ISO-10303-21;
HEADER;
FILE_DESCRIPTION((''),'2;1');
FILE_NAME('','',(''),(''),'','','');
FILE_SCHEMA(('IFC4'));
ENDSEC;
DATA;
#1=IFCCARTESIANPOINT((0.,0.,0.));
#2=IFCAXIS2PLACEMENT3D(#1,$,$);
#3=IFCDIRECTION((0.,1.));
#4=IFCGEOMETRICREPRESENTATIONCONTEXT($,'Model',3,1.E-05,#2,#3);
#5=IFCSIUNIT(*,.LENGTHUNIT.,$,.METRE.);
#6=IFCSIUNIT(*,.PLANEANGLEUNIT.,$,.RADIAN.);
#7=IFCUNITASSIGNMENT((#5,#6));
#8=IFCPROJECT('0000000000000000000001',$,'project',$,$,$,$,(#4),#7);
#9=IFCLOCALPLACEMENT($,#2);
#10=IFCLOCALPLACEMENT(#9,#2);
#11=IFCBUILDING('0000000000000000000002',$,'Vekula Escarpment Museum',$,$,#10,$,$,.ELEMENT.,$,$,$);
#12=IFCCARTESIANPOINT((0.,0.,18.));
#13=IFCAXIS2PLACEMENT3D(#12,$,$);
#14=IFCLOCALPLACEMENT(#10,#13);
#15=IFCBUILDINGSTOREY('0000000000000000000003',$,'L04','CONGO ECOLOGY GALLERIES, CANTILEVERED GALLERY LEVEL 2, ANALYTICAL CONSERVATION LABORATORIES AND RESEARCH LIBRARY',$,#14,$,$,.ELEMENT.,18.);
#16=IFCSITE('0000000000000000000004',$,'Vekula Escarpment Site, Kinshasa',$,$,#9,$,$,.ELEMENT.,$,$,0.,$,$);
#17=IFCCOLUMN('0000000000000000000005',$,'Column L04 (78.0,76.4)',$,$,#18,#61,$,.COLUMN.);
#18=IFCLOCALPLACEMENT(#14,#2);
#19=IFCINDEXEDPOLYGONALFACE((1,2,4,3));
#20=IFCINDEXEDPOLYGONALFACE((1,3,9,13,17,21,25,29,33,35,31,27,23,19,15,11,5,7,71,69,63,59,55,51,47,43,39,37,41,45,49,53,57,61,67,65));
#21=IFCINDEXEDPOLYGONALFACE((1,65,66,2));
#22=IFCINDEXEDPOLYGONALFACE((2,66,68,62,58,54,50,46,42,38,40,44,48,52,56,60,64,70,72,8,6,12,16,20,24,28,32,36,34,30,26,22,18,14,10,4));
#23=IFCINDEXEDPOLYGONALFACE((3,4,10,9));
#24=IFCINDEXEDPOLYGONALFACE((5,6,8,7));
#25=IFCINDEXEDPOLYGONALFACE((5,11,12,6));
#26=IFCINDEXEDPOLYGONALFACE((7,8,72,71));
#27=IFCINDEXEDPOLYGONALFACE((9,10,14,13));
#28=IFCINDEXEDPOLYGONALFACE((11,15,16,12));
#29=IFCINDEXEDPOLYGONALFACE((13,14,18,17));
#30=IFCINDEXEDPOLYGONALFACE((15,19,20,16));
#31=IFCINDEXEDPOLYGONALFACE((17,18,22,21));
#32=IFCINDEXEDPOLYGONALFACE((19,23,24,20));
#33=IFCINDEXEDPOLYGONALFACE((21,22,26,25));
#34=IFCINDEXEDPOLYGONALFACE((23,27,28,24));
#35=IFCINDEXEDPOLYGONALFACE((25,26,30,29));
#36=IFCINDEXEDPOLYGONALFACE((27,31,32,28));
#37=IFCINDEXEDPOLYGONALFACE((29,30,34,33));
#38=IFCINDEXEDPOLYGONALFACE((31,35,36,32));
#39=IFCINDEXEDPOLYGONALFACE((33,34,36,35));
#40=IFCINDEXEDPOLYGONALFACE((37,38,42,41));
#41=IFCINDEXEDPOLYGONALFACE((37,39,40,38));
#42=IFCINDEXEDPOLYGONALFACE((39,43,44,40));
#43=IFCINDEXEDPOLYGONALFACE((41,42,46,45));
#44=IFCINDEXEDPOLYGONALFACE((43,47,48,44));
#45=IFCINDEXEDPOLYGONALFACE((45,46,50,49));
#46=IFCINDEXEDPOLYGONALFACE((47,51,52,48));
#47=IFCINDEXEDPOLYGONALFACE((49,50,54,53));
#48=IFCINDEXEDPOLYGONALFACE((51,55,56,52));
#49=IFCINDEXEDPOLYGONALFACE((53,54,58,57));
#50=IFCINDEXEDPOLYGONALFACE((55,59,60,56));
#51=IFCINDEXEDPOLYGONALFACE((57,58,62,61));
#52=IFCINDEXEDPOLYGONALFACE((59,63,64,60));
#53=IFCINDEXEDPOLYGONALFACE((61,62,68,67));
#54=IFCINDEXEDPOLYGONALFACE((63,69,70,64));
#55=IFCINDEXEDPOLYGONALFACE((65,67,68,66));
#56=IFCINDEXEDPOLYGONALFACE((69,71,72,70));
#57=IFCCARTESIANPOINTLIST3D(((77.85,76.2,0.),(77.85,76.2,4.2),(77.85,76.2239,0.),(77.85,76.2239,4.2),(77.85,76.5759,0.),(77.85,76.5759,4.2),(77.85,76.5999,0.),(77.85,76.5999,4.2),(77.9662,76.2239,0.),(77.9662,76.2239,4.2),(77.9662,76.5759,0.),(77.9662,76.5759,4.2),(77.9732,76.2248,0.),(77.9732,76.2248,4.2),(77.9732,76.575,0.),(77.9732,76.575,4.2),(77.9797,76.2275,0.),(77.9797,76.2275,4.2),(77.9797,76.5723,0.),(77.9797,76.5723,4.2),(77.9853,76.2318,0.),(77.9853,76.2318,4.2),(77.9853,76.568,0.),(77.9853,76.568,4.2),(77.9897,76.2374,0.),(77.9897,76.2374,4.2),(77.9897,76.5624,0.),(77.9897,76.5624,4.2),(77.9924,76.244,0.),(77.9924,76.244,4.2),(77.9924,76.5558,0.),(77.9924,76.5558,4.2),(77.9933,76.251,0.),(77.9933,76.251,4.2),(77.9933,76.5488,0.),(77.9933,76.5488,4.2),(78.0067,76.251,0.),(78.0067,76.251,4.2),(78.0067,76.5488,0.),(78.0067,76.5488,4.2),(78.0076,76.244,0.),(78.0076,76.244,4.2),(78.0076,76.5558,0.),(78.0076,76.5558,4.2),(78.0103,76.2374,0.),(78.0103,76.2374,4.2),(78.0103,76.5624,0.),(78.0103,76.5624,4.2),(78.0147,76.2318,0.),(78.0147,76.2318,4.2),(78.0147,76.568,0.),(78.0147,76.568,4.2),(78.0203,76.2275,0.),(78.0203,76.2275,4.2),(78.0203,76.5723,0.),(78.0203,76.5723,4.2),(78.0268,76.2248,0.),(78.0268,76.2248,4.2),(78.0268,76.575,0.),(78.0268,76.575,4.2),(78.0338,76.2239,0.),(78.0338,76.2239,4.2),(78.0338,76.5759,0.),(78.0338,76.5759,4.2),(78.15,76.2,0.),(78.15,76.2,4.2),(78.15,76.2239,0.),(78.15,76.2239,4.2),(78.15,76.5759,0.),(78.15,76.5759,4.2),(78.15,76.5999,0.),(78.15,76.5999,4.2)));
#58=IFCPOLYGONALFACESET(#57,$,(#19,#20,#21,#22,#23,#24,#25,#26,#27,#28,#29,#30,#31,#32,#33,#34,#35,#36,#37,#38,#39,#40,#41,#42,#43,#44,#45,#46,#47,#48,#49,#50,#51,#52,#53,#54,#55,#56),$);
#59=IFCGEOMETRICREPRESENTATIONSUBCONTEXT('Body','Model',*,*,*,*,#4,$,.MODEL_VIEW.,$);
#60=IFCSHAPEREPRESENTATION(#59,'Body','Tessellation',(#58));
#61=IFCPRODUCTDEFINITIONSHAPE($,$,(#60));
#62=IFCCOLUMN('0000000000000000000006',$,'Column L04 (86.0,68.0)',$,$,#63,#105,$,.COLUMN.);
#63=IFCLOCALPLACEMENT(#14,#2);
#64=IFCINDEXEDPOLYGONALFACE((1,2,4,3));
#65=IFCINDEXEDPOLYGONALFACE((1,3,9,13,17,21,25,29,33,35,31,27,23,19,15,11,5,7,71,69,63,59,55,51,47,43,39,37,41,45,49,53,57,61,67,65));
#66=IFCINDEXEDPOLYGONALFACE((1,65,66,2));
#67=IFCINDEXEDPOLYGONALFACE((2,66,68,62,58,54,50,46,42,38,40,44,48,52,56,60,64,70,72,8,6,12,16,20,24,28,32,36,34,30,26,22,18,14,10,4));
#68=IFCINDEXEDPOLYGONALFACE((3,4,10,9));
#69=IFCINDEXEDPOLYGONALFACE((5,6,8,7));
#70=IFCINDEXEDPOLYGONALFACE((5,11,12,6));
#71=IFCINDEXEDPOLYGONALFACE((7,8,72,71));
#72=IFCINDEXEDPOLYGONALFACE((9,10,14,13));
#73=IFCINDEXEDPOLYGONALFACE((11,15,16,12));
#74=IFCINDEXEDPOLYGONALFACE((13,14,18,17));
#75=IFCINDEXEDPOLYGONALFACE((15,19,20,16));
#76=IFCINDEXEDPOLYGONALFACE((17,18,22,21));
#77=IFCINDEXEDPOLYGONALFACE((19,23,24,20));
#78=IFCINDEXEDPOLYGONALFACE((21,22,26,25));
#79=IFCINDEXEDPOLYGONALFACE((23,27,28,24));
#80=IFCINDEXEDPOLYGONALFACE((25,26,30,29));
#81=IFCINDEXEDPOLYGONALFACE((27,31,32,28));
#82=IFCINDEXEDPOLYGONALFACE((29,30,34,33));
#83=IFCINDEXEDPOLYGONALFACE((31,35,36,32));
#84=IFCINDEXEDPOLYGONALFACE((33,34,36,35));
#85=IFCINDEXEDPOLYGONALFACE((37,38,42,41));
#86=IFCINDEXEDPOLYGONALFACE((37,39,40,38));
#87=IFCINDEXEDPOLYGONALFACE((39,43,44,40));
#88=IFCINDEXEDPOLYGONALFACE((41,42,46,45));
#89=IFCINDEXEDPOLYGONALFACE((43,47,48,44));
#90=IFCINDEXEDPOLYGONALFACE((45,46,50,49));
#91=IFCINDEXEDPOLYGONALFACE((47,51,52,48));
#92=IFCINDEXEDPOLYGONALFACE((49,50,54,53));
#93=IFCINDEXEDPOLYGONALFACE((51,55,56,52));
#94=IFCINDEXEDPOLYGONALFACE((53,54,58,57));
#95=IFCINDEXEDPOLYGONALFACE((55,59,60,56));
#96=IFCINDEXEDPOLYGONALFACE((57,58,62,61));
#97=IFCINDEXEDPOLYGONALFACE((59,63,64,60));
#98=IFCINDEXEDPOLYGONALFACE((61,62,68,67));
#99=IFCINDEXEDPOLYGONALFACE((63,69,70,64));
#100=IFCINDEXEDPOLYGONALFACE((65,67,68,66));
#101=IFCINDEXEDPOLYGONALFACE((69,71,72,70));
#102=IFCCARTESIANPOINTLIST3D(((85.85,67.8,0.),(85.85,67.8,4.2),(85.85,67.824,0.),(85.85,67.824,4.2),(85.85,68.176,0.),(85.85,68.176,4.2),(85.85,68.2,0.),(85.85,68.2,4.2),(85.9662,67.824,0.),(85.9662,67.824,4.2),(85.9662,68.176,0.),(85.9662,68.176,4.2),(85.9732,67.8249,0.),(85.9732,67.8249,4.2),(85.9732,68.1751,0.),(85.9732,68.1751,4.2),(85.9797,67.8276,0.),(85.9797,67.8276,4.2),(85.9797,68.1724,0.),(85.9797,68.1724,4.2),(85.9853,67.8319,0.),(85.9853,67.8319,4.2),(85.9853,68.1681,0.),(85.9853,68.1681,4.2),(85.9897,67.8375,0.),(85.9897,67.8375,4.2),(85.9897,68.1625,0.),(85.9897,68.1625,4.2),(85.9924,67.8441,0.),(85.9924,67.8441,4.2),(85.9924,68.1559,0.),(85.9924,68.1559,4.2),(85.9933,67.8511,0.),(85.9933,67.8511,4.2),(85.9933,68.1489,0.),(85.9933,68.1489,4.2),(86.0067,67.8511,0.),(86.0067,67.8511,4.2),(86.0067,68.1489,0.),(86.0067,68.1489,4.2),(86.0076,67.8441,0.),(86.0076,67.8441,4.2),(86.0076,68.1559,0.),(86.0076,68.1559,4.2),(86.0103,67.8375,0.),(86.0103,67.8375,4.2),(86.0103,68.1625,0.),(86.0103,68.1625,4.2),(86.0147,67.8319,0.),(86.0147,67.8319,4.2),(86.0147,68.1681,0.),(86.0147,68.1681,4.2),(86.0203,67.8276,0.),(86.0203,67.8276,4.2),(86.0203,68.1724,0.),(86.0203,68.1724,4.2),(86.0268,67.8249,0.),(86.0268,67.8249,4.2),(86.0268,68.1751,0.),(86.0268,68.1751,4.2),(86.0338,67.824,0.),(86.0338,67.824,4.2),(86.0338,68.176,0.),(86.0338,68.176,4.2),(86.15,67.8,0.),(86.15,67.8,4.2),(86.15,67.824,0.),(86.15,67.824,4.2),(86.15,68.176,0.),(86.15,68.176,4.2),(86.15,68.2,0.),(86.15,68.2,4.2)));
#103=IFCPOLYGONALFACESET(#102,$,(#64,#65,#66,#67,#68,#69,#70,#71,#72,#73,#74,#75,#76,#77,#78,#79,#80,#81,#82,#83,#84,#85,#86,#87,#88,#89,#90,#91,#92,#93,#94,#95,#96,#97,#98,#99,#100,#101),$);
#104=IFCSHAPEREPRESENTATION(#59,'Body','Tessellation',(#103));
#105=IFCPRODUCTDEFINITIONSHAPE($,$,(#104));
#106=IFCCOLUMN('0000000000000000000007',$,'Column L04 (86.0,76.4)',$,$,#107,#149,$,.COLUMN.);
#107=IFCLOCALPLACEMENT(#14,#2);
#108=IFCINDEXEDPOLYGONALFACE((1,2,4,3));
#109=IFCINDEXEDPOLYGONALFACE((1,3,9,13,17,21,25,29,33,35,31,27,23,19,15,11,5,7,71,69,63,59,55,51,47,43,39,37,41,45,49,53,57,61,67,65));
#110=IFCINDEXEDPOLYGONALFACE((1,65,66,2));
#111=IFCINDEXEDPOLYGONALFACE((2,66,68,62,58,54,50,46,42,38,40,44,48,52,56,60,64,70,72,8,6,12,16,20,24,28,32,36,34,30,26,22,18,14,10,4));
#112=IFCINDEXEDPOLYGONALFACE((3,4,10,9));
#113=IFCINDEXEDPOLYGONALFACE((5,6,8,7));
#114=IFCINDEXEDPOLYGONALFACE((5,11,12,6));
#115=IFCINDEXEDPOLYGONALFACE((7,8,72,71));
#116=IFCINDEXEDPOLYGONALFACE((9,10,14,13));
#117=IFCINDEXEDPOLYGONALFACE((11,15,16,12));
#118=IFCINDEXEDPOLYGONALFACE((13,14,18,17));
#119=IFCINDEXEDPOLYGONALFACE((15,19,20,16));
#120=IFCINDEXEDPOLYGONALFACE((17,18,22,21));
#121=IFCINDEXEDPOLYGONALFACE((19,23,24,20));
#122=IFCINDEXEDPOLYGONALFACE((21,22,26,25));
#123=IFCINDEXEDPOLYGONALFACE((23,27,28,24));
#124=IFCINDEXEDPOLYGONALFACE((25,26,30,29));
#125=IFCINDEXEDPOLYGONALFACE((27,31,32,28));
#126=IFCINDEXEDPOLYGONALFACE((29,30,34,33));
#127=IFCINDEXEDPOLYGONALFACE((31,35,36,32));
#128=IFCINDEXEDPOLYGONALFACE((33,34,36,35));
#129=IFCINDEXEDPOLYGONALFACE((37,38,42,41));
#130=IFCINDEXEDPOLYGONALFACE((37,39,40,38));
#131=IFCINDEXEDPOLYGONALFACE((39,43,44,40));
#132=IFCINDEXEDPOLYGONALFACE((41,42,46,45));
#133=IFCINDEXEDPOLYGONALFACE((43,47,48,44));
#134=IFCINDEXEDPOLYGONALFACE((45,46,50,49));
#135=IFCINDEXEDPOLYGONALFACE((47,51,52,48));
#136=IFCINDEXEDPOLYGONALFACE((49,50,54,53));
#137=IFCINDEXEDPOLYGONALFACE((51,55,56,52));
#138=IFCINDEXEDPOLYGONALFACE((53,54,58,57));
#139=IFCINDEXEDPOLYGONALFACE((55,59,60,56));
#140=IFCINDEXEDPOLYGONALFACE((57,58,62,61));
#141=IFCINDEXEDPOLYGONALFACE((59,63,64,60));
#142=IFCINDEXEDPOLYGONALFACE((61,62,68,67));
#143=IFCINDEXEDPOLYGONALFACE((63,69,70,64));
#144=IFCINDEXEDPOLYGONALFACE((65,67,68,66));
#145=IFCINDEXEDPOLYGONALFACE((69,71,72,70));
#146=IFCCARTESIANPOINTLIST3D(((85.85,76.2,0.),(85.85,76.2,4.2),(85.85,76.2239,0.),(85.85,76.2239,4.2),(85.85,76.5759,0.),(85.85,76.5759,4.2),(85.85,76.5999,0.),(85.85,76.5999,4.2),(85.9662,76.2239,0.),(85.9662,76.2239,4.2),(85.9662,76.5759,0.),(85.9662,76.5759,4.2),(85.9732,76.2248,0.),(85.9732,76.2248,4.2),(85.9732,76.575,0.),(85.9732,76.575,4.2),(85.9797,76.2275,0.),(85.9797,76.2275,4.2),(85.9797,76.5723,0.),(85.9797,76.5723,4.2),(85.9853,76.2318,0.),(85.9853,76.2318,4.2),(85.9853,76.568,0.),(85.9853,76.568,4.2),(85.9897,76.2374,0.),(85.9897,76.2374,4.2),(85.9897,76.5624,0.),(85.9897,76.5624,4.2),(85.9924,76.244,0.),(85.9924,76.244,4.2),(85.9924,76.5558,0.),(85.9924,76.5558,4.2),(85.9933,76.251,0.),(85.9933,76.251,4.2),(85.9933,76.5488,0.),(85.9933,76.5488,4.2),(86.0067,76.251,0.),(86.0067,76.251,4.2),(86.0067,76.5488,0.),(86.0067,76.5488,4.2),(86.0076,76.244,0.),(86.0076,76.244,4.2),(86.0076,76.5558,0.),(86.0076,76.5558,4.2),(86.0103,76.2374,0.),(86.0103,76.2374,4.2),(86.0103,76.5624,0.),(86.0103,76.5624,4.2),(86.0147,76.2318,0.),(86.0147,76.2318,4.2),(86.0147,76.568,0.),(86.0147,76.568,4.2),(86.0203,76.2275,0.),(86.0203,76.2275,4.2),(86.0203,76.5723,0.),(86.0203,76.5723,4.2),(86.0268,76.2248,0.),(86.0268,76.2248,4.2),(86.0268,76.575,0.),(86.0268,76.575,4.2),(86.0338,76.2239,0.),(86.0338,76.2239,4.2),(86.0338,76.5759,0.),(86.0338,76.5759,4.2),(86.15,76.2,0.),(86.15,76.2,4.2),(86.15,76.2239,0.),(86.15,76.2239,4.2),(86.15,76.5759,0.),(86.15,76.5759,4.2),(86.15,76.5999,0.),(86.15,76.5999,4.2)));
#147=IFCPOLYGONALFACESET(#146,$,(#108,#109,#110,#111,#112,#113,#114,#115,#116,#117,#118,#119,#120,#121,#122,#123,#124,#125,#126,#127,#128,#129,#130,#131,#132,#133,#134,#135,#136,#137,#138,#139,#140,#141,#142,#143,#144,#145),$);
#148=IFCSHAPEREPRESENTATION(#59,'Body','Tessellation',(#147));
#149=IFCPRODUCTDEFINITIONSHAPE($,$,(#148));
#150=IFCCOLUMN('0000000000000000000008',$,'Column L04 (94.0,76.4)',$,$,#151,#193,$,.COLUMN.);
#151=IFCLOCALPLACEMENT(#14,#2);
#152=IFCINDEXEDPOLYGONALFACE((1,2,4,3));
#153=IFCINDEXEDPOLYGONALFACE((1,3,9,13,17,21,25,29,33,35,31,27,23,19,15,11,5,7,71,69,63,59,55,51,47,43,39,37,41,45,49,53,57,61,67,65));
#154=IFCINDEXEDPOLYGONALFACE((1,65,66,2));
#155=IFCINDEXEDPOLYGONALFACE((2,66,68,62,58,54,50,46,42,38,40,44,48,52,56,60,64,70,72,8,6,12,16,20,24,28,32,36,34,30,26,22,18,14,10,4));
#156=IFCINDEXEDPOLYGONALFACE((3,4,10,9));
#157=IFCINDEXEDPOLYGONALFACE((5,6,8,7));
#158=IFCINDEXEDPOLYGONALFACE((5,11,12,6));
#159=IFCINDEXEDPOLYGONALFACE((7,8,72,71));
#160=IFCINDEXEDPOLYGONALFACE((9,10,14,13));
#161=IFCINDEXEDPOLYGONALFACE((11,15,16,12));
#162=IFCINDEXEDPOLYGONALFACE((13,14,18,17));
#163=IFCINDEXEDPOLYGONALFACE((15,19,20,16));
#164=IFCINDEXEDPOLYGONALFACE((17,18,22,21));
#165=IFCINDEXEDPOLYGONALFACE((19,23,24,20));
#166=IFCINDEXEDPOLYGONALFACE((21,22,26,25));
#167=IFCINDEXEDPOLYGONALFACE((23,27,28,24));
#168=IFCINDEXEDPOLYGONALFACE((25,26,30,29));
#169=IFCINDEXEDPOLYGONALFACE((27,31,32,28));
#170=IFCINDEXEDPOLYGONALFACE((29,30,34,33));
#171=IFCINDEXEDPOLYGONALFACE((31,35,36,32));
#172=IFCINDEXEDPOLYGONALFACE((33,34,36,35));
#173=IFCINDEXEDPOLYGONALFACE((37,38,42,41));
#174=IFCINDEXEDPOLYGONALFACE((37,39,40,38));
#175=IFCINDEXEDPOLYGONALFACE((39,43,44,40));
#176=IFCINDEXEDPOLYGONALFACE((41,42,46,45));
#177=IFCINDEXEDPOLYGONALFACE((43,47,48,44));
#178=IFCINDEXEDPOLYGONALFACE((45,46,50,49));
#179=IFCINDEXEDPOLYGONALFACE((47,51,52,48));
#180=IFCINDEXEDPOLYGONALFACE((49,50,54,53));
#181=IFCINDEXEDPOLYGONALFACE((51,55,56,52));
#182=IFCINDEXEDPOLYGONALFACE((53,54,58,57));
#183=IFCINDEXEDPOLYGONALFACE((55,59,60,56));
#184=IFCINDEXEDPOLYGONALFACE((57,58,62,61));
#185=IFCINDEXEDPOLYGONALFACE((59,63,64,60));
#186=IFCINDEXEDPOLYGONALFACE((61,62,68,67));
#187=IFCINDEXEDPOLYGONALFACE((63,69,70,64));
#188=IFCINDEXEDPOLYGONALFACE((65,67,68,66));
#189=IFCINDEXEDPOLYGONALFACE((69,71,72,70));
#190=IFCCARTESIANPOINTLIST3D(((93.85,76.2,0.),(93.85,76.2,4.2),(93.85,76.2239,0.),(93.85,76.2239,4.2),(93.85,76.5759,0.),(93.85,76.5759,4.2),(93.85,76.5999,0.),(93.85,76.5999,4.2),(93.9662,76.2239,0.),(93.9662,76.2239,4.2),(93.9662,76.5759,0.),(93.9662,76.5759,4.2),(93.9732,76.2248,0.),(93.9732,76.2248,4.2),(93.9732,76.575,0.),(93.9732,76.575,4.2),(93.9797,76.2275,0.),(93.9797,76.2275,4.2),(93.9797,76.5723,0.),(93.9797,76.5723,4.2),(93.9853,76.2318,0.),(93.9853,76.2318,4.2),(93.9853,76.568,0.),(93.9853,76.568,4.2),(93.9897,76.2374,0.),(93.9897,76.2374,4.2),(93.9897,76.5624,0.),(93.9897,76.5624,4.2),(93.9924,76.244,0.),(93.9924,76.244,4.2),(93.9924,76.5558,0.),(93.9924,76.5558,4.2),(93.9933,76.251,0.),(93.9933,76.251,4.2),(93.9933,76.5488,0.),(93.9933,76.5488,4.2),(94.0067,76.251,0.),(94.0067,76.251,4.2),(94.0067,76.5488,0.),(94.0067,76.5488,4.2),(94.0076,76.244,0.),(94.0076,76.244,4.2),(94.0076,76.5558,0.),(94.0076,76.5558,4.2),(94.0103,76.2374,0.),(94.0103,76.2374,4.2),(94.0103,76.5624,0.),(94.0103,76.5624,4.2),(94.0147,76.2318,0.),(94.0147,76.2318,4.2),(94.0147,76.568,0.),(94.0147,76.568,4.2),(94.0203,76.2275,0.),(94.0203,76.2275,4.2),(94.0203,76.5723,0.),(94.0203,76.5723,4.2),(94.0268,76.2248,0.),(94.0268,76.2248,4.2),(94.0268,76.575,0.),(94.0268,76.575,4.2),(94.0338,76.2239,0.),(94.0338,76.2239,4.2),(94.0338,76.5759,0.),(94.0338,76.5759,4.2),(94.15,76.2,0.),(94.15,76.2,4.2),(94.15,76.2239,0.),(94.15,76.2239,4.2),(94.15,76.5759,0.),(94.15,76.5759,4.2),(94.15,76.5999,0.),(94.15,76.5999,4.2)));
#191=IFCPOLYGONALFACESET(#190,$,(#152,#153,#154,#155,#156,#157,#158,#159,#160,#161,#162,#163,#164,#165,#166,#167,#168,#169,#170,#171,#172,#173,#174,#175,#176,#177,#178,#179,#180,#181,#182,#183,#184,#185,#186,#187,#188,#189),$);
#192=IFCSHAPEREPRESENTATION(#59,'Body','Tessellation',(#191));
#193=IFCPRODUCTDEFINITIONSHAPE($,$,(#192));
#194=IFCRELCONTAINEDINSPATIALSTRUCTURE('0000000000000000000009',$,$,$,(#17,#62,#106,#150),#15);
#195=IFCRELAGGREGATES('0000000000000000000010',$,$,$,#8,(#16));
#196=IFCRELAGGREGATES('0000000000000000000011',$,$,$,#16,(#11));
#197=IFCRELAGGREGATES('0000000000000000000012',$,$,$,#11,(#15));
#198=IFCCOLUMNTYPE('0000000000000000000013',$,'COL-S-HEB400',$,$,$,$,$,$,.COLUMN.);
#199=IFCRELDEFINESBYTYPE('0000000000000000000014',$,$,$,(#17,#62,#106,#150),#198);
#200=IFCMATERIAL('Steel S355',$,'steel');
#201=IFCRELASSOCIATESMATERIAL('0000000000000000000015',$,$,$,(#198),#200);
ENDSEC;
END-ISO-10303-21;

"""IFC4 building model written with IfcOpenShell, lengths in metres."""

from ifc_helpers import new_model, si_unit, direction, frame, origin, origin_2d, place, context, subcontext, project, spatial, i_section, extrude, material, material_profile, profile_set, type_object, element, save


model = new_model("IFC4")

# Units and contexts
model_context = context("Model", 3, precision=1e-05, world=origin(), true_north=direction((0.0, 1.0)))
body_context = subcontext(model_context, "Body", "Model", "MODEL_VIEW")
ifc_project = project(units=[si_unit("LENGTHUNIT", "METRE"), si_unit("PLANEANGLEUNIT", "RADIAN")], contexts=[model_context])

# Site, building, storey
site_placement = place(None, origin())
site = spatial("IfcSite", under=ifc_project, at=site_placement, Name="Vekula Escarpment Site, Kinshasa", CompositionType="ELEMENT", RefElevation=0.0)
building_placement = place(site_placement, origin())
building = spatial("IfcBuilding", under=site, at=building_placement, Name="Vekula Escarpment Museum", CompositionType="ELEMENT")
storey_placement = place(building_placement, frame((0.0, 0.0, 18.0)))
storey = spatial("IfcBuildingStorey", under=building, at=storey_placement, Name="L04", Description="CONGO ECOLOGY GALLERIES, CANTILEVERED GALLERY LEVEL 2, ANALYTICAL CONSERVATION LABORATORIES AND RESEARCH LIBRARY", CompositionType="ELEMENT", Elevation=18.0)

# Columns
ifc_material_1 = material(Name="Steel S355", Category="steel")
ifc_material_profile_1 = material_profile(ifc_material_1, i_section(OverallWidth=0.3, OverallDepth=0.3999, WebThickness=0.0134, FlangeThickness=0.0239, FilletRadius=0.0271, at=origin_2d()), Name="HEB 400")
ifc_profile_set_1 = profile_set([ifc_material_profile_1], Name="Steel S355")
column_type = type_object("IfcColumnType", Name="COL-S-HEB400", PredefinedType="COLUMN", material=ifc_profile_set_1)
for number, where, z_axis, x_axis, name in (
    (1, (78.0, 76.3999, 0.0), (0.0, 0.0, 1.0), (1.0, 0.0, 0.0), "Column L04 (78.0,76.4)"),
    (2, (86.0, 68.0, 0.0), (0.0, 0.0, 1.0), (1.0, 0.0, 0.0), "Column L04 (86.0,68.0)"),
    (3, (86.0, 76.3999, 0.0), (0.0, 0.0, 1.0), (1.0, 0.0, 0.0), "Column L04 (86.0,76.4)"),
    (4, (94.0, 76.3999, 0.0), (0.0, 0.0, 1.0), (1.0, 0.0, 0.0), "Column L04 (94.0,76.4)"),
):
    element("IfcColumn", number, at=place(storey_placement, frame(where, z_axis=z_axis, x_axis=x_axis)), inside=storey, type_object=column_type, Name=name, PredefinedType="COLUMN", context=body_context, shape_type="SweptSolid", body=[
        extrude(i_section(OverallWidth=0.3, OverallDepth=0.3999, WebThickness=0.0134, FlangeThickness=0.0239, FilletRadius=0.0271, at=origin_2d()), origin(), (0.0, 0.0, 1.0), 4.2),
    ])

save(model, "model.ifc")
